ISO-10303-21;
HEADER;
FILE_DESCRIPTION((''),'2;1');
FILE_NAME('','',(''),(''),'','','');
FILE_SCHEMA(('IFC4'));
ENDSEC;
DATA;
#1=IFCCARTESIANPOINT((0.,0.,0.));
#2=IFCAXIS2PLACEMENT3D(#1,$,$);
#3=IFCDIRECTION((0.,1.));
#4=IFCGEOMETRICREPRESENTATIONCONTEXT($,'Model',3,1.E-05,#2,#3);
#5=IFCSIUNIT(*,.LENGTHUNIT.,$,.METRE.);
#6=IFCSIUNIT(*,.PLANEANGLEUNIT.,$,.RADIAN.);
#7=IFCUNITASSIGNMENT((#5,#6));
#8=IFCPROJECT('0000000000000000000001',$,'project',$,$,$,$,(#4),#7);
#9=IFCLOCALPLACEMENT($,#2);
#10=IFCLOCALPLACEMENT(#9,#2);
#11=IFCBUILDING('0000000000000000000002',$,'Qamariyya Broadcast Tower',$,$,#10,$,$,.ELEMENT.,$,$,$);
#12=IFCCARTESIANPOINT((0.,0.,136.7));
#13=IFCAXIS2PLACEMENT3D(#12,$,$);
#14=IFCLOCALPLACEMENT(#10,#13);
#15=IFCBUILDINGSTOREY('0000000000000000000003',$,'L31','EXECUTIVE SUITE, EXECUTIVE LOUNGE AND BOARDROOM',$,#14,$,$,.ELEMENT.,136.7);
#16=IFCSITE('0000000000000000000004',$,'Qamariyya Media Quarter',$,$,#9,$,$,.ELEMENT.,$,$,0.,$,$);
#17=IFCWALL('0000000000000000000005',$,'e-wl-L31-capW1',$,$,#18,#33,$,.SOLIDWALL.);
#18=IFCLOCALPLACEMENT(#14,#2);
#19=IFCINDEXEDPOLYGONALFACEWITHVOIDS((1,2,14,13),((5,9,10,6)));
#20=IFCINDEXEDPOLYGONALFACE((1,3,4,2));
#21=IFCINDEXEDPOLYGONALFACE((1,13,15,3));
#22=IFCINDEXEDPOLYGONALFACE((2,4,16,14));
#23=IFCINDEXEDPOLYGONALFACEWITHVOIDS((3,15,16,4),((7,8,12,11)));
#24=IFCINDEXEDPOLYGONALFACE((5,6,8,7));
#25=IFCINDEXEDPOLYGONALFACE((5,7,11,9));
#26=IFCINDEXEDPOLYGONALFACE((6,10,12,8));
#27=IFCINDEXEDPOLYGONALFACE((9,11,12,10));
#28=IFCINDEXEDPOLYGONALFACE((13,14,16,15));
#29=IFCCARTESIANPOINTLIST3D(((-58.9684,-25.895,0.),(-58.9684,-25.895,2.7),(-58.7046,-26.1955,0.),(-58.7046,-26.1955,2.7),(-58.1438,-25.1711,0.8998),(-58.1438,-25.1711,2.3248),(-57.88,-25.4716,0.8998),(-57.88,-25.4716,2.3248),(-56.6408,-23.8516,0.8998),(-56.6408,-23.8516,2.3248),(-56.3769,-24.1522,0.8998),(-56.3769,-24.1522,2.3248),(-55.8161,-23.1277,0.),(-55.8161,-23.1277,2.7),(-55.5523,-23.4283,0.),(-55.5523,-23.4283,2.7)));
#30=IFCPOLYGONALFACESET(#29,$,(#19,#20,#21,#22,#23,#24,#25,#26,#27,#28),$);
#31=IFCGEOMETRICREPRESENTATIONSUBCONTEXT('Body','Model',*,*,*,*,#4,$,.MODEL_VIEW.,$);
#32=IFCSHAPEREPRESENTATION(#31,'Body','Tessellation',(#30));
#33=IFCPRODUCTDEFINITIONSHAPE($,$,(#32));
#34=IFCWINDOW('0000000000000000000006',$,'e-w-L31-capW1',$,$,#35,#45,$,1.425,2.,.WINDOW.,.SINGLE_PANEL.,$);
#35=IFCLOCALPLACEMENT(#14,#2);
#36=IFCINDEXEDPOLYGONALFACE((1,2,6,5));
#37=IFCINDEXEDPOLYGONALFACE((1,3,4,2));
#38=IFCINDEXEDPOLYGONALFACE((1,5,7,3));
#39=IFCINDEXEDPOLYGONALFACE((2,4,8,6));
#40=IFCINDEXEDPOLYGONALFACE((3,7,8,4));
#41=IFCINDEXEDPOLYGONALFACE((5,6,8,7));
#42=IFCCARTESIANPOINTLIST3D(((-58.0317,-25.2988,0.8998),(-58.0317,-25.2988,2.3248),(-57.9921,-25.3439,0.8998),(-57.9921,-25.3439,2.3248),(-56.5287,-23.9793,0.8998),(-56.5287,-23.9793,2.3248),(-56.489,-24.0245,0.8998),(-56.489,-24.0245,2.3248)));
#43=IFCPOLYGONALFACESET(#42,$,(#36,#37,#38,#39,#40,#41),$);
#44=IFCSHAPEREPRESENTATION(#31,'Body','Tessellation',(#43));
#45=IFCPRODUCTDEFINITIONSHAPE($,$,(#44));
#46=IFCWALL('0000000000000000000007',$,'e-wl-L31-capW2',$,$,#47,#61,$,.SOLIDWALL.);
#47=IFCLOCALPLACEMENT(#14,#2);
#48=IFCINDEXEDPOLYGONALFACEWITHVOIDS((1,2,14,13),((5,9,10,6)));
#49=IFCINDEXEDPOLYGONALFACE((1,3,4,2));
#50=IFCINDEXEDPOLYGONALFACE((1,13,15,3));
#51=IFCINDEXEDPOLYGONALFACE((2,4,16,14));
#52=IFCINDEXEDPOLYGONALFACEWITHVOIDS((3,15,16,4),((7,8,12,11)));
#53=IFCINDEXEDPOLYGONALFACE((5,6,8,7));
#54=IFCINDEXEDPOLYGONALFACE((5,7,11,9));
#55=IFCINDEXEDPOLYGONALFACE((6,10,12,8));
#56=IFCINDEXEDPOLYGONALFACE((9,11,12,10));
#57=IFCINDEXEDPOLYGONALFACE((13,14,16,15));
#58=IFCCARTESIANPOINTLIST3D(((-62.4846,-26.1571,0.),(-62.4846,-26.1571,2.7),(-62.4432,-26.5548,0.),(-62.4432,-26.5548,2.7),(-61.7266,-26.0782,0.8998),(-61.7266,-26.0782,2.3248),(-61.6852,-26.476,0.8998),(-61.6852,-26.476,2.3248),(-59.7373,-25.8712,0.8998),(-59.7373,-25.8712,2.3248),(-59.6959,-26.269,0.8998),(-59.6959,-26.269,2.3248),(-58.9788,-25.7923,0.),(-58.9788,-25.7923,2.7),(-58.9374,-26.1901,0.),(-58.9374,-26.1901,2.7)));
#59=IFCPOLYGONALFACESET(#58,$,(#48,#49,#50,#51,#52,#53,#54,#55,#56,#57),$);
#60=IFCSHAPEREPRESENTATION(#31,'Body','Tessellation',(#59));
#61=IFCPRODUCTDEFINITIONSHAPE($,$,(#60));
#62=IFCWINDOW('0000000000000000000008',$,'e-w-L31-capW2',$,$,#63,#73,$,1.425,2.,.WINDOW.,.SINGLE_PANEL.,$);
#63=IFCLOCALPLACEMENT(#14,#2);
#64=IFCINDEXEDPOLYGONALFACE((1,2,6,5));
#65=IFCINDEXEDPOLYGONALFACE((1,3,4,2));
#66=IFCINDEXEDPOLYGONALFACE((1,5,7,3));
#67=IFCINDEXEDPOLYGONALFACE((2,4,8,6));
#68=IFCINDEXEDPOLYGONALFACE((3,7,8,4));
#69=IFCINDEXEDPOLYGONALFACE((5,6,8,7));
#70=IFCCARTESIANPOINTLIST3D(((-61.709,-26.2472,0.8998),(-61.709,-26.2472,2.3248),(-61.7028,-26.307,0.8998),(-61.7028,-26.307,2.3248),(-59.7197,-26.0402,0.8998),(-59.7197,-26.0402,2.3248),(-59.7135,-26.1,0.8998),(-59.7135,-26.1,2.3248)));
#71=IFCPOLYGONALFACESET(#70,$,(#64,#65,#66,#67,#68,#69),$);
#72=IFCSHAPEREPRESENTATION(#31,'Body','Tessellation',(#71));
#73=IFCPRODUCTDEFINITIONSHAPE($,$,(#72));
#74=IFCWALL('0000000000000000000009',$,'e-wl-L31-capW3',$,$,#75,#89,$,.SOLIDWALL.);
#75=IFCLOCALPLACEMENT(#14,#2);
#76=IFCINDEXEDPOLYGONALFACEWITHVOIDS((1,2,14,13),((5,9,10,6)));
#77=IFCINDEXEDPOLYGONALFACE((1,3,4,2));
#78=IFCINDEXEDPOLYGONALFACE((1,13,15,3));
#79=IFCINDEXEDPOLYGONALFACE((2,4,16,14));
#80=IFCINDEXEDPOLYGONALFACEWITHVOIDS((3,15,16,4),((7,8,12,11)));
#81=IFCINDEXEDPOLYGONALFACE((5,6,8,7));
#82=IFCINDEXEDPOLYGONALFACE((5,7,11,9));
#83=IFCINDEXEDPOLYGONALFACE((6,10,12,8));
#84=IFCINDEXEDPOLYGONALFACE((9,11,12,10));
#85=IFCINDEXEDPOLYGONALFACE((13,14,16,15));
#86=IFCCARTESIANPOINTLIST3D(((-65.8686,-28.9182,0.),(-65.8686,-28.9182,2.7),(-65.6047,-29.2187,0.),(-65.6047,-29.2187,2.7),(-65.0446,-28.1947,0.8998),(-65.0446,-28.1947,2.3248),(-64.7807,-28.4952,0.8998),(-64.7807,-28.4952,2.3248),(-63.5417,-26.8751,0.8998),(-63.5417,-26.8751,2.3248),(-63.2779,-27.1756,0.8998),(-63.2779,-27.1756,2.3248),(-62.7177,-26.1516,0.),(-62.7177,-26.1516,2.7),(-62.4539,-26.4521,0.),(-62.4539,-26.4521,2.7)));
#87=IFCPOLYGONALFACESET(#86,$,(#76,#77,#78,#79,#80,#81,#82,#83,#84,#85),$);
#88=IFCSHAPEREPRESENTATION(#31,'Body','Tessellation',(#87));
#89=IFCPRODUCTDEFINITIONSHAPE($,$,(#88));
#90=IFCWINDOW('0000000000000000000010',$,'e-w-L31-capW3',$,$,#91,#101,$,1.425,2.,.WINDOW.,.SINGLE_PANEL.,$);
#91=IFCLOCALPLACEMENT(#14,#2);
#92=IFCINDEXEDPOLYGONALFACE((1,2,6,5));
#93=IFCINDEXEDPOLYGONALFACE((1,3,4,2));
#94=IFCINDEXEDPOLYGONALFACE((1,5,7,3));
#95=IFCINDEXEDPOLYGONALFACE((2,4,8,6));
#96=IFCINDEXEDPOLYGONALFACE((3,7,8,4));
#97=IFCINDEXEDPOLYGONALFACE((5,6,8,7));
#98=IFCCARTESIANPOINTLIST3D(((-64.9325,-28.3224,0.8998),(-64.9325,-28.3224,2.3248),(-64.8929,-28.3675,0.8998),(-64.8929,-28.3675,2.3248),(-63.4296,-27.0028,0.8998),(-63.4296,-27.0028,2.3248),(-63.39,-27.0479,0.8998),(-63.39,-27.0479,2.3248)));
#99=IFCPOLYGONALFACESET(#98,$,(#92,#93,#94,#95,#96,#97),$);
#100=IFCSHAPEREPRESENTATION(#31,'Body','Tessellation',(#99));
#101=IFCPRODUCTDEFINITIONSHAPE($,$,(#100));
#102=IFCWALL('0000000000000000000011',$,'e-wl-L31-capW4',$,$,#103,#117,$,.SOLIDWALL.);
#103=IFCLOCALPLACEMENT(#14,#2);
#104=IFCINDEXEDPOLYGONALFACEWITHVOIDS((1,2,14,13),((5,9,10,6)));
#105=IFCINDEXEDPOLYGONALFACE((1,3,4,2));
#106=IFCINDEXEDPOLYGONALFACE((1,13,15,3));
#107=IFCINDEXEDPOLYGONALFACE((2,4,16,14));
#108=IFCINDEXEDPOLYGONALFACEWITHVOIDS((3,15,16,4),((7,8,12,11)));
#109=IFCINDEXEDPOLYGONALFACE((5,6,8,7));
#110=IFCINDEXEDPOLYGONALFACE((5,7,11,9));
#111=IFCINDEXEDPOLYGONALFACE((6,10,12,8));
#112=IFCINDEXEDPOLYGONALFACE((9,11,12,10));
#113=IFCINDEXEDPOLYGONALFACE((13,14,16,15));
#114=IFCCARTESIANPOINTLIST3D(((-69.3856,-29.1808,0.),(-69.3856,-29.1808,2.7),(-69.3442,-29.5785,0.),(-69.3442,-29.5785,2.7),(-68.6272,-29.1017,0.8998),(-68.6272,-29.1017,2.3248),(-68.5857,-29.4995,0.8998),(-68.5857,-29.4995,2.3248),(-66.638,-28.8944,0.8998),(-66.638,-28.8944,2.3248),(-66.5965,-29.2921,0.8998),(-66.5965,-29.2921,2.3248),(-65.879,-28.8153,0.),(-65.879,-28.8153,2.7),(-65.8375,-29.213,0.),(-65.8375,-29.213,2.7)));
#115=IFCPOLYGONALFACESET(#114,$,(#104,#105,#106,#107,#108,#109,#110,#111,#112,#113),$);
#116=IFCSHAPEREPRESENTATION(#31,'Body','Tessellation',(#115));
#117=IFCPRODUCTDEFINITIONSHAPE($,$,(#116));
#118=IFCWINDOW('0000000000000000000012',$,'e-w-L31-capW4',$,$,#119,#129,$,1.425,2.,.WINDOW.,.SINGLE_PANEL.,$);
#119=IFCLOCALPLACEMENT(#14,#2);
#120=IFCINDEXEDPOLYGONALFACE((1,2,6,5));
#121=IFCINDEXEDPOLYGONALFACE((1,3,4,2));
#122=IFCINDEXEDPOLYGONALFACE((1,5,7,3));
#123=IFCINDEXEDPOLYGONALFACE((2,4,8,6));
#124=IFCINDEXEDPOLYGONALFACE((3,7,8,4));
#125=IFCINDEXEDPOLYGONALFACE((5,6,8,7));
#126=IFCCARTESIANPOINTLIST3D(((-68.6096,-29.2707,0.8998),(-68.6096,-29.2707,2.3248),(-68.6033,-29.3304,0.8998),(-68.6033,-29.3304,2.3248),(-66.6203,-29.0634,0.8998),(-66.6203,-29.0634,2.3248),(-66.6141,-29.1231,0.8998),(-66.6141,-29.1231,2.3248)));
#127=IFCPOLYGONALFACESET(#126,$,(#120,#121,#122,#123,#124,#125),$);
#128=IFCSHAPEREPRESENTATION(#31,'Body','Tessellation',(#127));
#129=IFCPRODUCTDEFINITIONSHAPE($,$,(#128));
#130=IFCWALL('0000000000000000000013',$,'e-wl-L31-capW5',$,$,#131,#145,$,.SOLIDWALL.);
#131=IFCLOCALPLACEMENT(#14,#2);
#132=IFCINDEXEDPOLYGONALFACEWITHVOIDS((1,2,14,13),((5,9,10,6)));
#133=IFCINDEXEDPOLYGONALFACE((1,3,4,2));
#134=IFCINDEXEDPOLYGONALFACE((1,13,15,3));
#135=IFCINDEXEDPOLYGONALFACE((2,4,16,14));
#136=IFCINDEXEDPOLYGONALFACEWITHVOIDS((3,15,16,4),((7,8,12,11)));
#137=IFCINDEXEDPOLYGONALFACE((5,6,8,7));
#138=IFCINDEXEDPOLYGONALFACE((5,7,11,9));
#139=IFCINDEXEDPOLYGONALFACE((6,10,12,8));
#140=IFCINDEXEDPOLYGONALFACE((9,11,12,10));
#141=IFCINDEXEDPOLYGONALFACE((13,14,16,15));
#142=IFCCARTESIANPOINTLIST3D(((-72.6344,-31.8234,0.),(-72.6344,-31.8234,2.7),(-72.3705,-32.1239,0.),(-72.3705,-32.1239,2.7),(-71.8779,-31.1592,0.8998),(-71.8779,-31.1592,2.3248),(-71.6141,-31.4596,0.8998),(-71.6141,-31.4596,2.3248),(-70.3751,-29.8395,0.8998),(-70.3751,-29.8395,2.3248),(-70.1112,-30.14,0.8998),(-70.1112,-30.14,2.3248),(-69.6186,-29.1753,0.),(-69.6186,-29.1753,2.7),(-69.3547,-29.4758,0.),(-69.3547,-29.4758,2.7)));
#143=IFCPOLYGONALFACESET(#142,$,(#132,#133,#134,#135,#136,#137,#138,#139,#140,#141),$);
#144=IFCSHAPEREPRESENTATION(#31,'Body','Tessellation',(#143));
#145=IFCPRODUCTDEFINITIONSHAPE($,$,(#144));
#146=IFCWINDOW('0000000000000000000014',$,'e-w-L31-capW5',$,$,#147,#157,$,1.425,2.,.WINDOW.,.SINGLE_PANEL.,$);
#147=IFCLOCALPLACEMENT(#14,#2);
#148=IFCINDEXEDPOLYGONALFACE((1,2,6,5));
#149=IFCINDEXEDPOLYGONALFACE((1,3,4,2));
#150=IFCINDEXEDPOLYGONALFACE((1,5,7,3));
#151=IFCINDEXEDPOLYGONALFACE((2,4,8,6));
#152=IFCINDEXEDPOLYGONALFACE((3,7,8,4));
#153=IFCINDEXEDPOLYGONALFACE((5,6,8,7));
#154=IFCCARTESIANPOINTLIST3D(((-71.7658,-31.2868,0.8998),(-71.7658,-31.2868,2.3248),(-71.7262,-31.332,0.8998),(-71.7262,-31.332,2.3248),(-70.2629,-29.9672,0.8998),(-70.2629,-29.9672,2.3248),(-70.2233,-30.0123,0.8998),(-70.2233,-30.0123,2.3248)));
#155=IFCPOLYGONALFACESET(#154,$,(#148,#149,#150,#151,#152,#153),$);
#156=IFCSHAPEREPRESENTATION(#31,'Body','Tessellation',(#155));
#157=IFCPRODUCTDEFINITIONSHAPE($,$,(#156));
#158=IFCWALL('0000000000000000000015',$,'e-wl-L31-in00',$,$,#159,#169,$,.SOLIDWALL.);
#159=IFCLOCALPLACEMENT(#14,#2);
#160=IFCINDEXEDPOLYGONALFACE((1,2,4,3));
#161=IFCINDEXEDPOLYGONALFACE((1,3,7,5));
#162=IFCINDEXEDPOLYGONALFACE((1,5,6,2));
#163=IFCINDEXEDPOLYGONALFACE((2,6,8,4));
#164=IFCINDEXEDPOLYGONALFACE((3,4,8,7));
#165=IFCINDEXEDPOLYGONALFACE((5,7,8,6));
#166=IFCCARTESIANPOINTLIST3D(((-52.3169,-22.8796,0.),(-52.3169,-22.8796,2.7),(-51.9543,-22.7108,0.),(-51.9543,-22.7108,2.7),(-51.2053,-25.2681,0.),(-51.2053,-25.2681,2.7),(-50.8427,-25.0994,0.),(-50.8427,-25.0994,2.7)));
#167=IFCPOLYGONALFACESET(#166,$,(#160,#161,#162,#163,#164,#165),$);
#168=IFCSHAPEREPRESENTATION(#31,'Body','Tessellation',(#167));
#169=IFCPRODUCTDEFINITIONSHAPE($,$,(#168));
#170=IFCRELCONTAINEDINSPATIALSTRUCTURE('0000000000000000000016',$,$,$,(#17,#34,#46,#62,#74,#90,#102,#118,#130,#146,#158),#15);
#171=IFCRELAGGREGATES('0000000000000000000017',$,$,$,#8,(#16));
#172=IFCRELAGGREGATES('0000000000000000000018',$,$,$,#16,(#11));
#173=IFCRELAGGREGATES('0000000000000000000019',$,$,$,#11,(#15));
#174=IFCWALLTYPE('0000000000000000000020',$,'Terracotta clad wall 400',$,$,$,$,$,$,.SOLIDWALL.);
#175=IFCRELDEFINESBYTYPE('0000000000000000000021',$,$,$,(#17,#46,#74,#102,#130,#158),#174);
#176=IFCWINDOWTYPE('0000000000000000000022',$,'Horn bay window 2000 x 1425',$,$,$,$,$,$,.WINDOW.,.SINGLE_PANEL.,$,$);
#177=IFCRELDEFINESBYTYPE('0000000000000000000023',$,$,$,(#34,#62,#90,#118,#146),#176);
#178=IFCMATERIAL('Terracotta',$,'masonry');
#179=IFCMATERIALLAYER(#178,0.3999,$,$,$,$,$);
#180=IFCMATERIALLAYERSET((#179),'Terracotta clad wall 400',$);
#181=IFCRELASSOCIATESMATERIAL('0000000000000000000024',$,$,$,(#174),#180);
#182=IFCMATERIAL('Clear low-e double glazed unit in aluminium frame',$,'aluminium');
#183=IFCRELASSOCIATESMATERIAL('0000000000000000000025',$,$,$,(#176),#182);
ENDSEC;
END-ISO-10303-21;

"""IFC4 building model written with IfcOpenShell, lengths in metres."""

from ifc_helpers import new_model, si_unit, direction, frame, frame_2d, origin, place, context, subcontext, project, spatial, rectangle, extrude, material, layer, layer_set, type_object, element, fill, save


model = new_model("IFC4")

# Units and contexts
model_context = context("Model", 3, precision=1e-05, world=origin(), true_north=direction((0.0, 1.0)))
body_context = subcontext(model_context, "Body", "Model", "MODEL_VIEW")
ifc_project = project(units=[si_unit("LENGTHUNIT", "METRE"), si_unit("PLANEANGLEUNIT", "RADIAN")], contexts=[model_context])

# Site, building, storey
site_placement = place(None, origin())
site = spatial("IfcSite", under=ifc_project, at=site_placement, Name="Qamariyya Media Quarter", CompositionType="ELEMENT", RefElevation=0.0)
building_placement = place(site_placement, origin())
building = spatial("IfcBuilding", under=site, at=building_placement, Name="Qamariyya Broadcast Tower", CompositionType="ELEMENT")
storey_placement = place(building_placement, frame((0.0, 0.0, 136.7)))
storey = spatial("IfcBuildingStorey", under=building, at=storey_placement, Name="L31", Description="EXECUTIVE SUITE, EXECUTIVE LOUNGE AND BOARDROOM", CompositionType="ELEMENT", Elevation=136.7)

# Walls, openings, windows
ifc_material_1 = material(Name="Terracotta", Category="masonry")
ifc_layer = layer(ifc_material_1, 0.3999)
ifc_layer_set = layer_set([ifc_layer], Name="Terracotta clad wall 400")
wall_type = type_object("IfcWallType", Name="Terracotta clad wall 400", PredefinedType="SOLIDWALL", material=ifc_layer_set)
ifc_material_2 = material(Name="Clear low-e double glazed unit in aluminium frame", Category="aluminium")
window_type = type_object("IfcWindowType", Name="Horn bay window 2000 x 1425", PartitioningType="SINGLE_PANEL", PredefinedType="WINDOW", material=ifc_material_2)
wall_1_placement = place(storey_placement, frame((-55.6843, -23.2781, 0.0), z_axis=(0.0, 0.0, 1.0), x_axis=(-0.751508, -0.659723, 0.0)))
wall_1 = element("IfcWall", 1, at=wall_1_placement, inside=storey, type_object=wall_type, Name="e-wl-L31-capW1", PredefinedType="SOLIDWALL", context=body_context, shape_type="SweptSolid", body=[
    extrude(rectangle(XDim=4.1946, YDim=0.3999, at=frame_2d((2.0972, 0.0))), origin(), (0.0, 0.0, 1.0), 2.7),
])
opening_1_placement = place(wall_1_placement, frame((1.0972, 0.0, 0.8999)))
opening_1 = element("IfcOpeningElement", 2, at=opening_1_placement, cuts=wall_1, PredefinedType="OPENING", context=body_context, shape_type="SweptSolid", body=[
    extrude(rectangle(XDim=2.0, YDim=1.425, at=frame_2d((1.0, 0.7124))), frame((0.0, 0.21, 0.0), z_axis=(0.0, -1.0, 0.0), x_axis=(1.0, 0.0, 0.0)), (0.0, 0.0, 1.0), 0.4199),
])
window_1_placement = place(opening_1_placement, origin())
window_1 = element("IfcWindow", 3, at=window_1_placement, inside=storey, type_object=window_type, Name="e-w-L31-capW1", OverallHeight=1.425, OverallWidth=2.0, PartitioningType="SINGLE_PANEL", PredefinedType="WINDOW", context=body_context, shape_type="SweptSolid", body=[
    extrude(rectangle(XDim=2.0, YDim=1.425, at=frame_2d((1.0, 0.7124))), frame((0.0, 0.03, 0.0), z_axis=(0.0, -1.0, 0.0), x_axis=(1.0, 0.0, 0.0)), (0.0, 0.0, 1.0), 0.0601),
])
fill(opening_1, window_1)
wall_2_placement = place(storey_placement, frame((-58.9583, -25.9912, 0.0), z_axis=(0.0, 0.0, 1.0), x_axis=(-0.994631, -0.103488, 0.0)))
wall_2 = element("IfcWall", 4, at=wall_2_placement, inside=storey, type_object=wall_type, Name="e-wl-L31-capW2", PredefinedType="SOLIDWALL", context=body_context, shape_type="SweptSolid", body=[
    extrude(rectangle(XDim=3.5247, YDim=0.3999, at=frame_2d((1.7622, 0.0))), origin(), (0.0, 0.0, 1.0), 2.7),
])
opening_2_placement = place(wall_2_placement, frame((0.7625, 0.0, 0.8999)))
opening_2 = element("IfcOpeningElement", 5, at=opening_2_placement, cuts=wall_2, PredefinedType="OPENING", context=body_context, shape_type="SweptSolid", body=[
    extrude(rectangle(XDim=2.0, YDim=1.425, at=frame_2d((1.0, 0.7124))), frame((0.0, 0.21, 0.0), z_axis=(0.0, -1.0, 0.0), x_axis=(1.0, 0.0, 0.0)), (0.0, 0.0, 1.0), 0.4199),
])
window_2_placement = place(opening_2_placement, origin())
window_2 = element("IfcWindow", 6, at=window_2_placement, inside=storey, type_object=window_type, Name="e-w-L31-capW2", OverallHeight=1.425, OverallWidth=2.0, PartitioningType="SINGLE_PANEL", PredefinedType="WINDOW", context=body_context, shape_type="SweptSolid", body=[
    extrude(rectangle(XDim=2.0, YDim=1.425, at=frame_2d((1.0, 0.7124))), frame((0.0, 0.03, 0.0), z_axis=(0.0, -1.0, 0.0), x_axis=(1.0, 0.0, 0.0)), (0.0, 0.0, 1.0), 0.0601),
])
fill(opening_2, window_2)
wall_3_placement = place(storey_placement, frame((-62.5857, -26.3018, 0.0), z_axis=(0.0, 0.0, 1.0), x_axis=(-0.751443, -0.659798, 0.0)))
wall_3 = element("IfcWall", 7, at=wall_3_placement, inside=storey, type_object=wall_type, Name="e-wl-L31-capW3", PredefinedType="SOLIDWALL", context=body_context, shape_type="SweptSolid", body=[
    extrude(rectangle(XDim=4.1931, YDim=0.3999, at=frame_2d((2.0967, 0.0))), origin(), (0.0, 0.0, 1.0), 2.7),
])
opening_3_placement = place(wall_3_placement, frame((1.0967, 0.0, 0.8999)))
opening_3 = element("IfcOpeningElement", 8, at=opening_3_placement, cuts=wall_3, PredefinedType="OPENING", context=body_context, shape_type="SweptSolid", body=[
    extrude(rectangle(XDim=2.0, YDim=1.425, at=frame_2d((1.0, 0.7124))), frame((0.0, 0.21, 0.0), z_axis=(0.0, -1.0, 0.0), x_axis=(1.0, 0.0, 0.0)), (0.0, 0.0, 1.0), 0.4199),
])
window_3_placement = place(opening_3_placement, origin())
window_3 = element("IfcWindow", 9, at=window_3_placement, inside=storey, type_object=window_type, Name="e-w-L31-capW3", OverallHeight=1.425, OverallWidth=2.0, PartitioningType="SINGLE_PANEL", PredefinedType="WINDOW", context=body_context, shape_type="SweptSolid", body=[
    extrude(rectangle(XDim=2.0, YDim=1.425, at=frame_2d((1.0, 0.7124))), frame((0.0, 0.03, 0.0), z_axis=(0.0, -1.0, 0.0), x_axis=(1.0, 0.0, 0.0)), (0.0, 0.0, 1.0), 0.0601),
])
fill(opening_3, window_3)
wall_4_placement = place(storey_placement, frame((-65.8584, -29.0142, 0.0), z_axis=(0.0, 0.0, 1.0), x_axis=(-0.994612, -0.103665, 0.0)))
wall_4 = element("IfcWall", 10, at=wall_4_placement, inside=storey, type_object=wall_type, Name="e-wl-L31-capW4", PredefinedType="SOLIDWALL", context=body_context, shape_type="SweptSolid", body=[
    extrude(rectangle(XDim=3.5256, YDim=0.3999, at=frame_2d((1.7627, 0.0))), origin(), (0.0, 0.0, 1.0), 2.7),
])
opening_4_placement = place(wall_4_placement, frame((0.7629, 0.0, 0.8999)))
opening_4 = element("IfcOpeningElement", 11, at=opening_4_placement, cuts=wall_4, PredefinedType="OPENING", context=body_context, shape_type="SweptSolid", body=[
    extrude(rectangle(XDim=2.0, YDim=1.425, at=frame_2d((1.0, 0.7124))), frame((0.0, 0.21, 0.0), z_axis=(0.0, -1.0, 0.0), x_axis=(1.0, 0.0, 0.0)), (0.0, 0.0, 1.0), 0.4199),
])
window_4_placement = place(opening_4_placement, origin())
window_4 = element("IfcWindow", 12, at=window_4_placement, inside=storey, type_object=window_type, Name="e-w-L31-capW4", OverallHeight=1.425, OverallWidth=2.0, PartitioningType="SINGLE_PANEL", PredefinedType="WINDOW", context=body_context, shape_type="SweptSolid", body=[
    extrude(rectangle(XDim=2.0, YDim=1.425, at=frame_2d((1.0, 0.7124))), frame((0.0, 0.03, 0.0), z_axis=(0.0, -1.0, 0.0), x_axis=(1.0, 0.0, 0.0)), (0.0, 0.0, 1.0), 0.0601),
])
fill(opening_4, window_4)
wall_5_placement = place(storey_placement, frame((-69.4866, -29.3254, 0.0), z_axis=(0.0, 0.0, 1.0), x_axis=(-0.751426, -0.659817, 0.0)))
wall_5 = element("IfcWall", 13, at=wall_5_placement, inside=storey, type_object=wall_type, Name="e-wl-L31-capW5", PredefinedType="SOLIDWALL", context=body_context, shape_type="SweptSolid", body=[
    extrude(rectangle(XDim=4.0134, YDim=0.3999, at=frame_2d((2.0068, 0.0))), origin(), (0.0, 0.0, 1.0), 2.7),
])
opening_5_placement = place(wall_5_placement, frame((1.0068, 0.0, 0.8999)))
opening_5 = element("IfcOpeningElement", 14, at=opening_5_placement, cuts=wall_5, PredefinedType="OPENING", context=body_context, shape_type="SweptSolid", body=[
    extrude(rectangle(XDim=2.0, YDim=1.425, at=frame_2d((1.0, 0.7124))), frame((0.0, 0.21, 0.0), z_axis=(0.0, -1.0, 0.0), x_axis=(1.0, 0.0, 0.0)), (0.0, 0.0, 1.0), 0.4199),
])
window_5_placement = place(opening_5_placement, origin())
window_5 = element("IfcWindow", 15, at=window_5_placement, inside=storey, type_object=window_type, Name="e-w-L31-capW5", OverallHeight=1.425, OverallWidth=2.0, PartitioningType="SINGLE_PANEL", PredefinedType="WINDOW", context=body_context, shape_type="SweptSolid", body=[
    extrude(rectangle(XDim=2.0, YDim=1.425, at=frame_2d((1.0, 0.7124))), frame((0.0, 0.03, 0.0), z_axis=(0.0, -1.0, 0.0), x_axis=(1.0, 0.0, 0.0)), (0.0, 0.0, 1.0), 0.0601),
])
fill(opening_5, window_5)

# Wall
wall_6_placement = place(storey_placement, frame((-51.0239, -25.1838, 0.0), z_axis=(0.0, 0.0, 1.0), x_axis=(-0.421942, 0.906623, 0.0)))
element("IfcWall", 16, at=wall_6_placement, inside=storey, type_object=wall_type, Name="e-wl-L31-in00", PredefinedType="SOLIDWALL", context=body_context, shape_type="SweptSolid", body=[
    extrude(rectangle(XDim=2.6345, YDim=0.3999, at=frame_2d((1.3174, 0.0))), origin(), (0.0, 0.0, 1.0), 2.7),
])

save(model, "model.ifc")
